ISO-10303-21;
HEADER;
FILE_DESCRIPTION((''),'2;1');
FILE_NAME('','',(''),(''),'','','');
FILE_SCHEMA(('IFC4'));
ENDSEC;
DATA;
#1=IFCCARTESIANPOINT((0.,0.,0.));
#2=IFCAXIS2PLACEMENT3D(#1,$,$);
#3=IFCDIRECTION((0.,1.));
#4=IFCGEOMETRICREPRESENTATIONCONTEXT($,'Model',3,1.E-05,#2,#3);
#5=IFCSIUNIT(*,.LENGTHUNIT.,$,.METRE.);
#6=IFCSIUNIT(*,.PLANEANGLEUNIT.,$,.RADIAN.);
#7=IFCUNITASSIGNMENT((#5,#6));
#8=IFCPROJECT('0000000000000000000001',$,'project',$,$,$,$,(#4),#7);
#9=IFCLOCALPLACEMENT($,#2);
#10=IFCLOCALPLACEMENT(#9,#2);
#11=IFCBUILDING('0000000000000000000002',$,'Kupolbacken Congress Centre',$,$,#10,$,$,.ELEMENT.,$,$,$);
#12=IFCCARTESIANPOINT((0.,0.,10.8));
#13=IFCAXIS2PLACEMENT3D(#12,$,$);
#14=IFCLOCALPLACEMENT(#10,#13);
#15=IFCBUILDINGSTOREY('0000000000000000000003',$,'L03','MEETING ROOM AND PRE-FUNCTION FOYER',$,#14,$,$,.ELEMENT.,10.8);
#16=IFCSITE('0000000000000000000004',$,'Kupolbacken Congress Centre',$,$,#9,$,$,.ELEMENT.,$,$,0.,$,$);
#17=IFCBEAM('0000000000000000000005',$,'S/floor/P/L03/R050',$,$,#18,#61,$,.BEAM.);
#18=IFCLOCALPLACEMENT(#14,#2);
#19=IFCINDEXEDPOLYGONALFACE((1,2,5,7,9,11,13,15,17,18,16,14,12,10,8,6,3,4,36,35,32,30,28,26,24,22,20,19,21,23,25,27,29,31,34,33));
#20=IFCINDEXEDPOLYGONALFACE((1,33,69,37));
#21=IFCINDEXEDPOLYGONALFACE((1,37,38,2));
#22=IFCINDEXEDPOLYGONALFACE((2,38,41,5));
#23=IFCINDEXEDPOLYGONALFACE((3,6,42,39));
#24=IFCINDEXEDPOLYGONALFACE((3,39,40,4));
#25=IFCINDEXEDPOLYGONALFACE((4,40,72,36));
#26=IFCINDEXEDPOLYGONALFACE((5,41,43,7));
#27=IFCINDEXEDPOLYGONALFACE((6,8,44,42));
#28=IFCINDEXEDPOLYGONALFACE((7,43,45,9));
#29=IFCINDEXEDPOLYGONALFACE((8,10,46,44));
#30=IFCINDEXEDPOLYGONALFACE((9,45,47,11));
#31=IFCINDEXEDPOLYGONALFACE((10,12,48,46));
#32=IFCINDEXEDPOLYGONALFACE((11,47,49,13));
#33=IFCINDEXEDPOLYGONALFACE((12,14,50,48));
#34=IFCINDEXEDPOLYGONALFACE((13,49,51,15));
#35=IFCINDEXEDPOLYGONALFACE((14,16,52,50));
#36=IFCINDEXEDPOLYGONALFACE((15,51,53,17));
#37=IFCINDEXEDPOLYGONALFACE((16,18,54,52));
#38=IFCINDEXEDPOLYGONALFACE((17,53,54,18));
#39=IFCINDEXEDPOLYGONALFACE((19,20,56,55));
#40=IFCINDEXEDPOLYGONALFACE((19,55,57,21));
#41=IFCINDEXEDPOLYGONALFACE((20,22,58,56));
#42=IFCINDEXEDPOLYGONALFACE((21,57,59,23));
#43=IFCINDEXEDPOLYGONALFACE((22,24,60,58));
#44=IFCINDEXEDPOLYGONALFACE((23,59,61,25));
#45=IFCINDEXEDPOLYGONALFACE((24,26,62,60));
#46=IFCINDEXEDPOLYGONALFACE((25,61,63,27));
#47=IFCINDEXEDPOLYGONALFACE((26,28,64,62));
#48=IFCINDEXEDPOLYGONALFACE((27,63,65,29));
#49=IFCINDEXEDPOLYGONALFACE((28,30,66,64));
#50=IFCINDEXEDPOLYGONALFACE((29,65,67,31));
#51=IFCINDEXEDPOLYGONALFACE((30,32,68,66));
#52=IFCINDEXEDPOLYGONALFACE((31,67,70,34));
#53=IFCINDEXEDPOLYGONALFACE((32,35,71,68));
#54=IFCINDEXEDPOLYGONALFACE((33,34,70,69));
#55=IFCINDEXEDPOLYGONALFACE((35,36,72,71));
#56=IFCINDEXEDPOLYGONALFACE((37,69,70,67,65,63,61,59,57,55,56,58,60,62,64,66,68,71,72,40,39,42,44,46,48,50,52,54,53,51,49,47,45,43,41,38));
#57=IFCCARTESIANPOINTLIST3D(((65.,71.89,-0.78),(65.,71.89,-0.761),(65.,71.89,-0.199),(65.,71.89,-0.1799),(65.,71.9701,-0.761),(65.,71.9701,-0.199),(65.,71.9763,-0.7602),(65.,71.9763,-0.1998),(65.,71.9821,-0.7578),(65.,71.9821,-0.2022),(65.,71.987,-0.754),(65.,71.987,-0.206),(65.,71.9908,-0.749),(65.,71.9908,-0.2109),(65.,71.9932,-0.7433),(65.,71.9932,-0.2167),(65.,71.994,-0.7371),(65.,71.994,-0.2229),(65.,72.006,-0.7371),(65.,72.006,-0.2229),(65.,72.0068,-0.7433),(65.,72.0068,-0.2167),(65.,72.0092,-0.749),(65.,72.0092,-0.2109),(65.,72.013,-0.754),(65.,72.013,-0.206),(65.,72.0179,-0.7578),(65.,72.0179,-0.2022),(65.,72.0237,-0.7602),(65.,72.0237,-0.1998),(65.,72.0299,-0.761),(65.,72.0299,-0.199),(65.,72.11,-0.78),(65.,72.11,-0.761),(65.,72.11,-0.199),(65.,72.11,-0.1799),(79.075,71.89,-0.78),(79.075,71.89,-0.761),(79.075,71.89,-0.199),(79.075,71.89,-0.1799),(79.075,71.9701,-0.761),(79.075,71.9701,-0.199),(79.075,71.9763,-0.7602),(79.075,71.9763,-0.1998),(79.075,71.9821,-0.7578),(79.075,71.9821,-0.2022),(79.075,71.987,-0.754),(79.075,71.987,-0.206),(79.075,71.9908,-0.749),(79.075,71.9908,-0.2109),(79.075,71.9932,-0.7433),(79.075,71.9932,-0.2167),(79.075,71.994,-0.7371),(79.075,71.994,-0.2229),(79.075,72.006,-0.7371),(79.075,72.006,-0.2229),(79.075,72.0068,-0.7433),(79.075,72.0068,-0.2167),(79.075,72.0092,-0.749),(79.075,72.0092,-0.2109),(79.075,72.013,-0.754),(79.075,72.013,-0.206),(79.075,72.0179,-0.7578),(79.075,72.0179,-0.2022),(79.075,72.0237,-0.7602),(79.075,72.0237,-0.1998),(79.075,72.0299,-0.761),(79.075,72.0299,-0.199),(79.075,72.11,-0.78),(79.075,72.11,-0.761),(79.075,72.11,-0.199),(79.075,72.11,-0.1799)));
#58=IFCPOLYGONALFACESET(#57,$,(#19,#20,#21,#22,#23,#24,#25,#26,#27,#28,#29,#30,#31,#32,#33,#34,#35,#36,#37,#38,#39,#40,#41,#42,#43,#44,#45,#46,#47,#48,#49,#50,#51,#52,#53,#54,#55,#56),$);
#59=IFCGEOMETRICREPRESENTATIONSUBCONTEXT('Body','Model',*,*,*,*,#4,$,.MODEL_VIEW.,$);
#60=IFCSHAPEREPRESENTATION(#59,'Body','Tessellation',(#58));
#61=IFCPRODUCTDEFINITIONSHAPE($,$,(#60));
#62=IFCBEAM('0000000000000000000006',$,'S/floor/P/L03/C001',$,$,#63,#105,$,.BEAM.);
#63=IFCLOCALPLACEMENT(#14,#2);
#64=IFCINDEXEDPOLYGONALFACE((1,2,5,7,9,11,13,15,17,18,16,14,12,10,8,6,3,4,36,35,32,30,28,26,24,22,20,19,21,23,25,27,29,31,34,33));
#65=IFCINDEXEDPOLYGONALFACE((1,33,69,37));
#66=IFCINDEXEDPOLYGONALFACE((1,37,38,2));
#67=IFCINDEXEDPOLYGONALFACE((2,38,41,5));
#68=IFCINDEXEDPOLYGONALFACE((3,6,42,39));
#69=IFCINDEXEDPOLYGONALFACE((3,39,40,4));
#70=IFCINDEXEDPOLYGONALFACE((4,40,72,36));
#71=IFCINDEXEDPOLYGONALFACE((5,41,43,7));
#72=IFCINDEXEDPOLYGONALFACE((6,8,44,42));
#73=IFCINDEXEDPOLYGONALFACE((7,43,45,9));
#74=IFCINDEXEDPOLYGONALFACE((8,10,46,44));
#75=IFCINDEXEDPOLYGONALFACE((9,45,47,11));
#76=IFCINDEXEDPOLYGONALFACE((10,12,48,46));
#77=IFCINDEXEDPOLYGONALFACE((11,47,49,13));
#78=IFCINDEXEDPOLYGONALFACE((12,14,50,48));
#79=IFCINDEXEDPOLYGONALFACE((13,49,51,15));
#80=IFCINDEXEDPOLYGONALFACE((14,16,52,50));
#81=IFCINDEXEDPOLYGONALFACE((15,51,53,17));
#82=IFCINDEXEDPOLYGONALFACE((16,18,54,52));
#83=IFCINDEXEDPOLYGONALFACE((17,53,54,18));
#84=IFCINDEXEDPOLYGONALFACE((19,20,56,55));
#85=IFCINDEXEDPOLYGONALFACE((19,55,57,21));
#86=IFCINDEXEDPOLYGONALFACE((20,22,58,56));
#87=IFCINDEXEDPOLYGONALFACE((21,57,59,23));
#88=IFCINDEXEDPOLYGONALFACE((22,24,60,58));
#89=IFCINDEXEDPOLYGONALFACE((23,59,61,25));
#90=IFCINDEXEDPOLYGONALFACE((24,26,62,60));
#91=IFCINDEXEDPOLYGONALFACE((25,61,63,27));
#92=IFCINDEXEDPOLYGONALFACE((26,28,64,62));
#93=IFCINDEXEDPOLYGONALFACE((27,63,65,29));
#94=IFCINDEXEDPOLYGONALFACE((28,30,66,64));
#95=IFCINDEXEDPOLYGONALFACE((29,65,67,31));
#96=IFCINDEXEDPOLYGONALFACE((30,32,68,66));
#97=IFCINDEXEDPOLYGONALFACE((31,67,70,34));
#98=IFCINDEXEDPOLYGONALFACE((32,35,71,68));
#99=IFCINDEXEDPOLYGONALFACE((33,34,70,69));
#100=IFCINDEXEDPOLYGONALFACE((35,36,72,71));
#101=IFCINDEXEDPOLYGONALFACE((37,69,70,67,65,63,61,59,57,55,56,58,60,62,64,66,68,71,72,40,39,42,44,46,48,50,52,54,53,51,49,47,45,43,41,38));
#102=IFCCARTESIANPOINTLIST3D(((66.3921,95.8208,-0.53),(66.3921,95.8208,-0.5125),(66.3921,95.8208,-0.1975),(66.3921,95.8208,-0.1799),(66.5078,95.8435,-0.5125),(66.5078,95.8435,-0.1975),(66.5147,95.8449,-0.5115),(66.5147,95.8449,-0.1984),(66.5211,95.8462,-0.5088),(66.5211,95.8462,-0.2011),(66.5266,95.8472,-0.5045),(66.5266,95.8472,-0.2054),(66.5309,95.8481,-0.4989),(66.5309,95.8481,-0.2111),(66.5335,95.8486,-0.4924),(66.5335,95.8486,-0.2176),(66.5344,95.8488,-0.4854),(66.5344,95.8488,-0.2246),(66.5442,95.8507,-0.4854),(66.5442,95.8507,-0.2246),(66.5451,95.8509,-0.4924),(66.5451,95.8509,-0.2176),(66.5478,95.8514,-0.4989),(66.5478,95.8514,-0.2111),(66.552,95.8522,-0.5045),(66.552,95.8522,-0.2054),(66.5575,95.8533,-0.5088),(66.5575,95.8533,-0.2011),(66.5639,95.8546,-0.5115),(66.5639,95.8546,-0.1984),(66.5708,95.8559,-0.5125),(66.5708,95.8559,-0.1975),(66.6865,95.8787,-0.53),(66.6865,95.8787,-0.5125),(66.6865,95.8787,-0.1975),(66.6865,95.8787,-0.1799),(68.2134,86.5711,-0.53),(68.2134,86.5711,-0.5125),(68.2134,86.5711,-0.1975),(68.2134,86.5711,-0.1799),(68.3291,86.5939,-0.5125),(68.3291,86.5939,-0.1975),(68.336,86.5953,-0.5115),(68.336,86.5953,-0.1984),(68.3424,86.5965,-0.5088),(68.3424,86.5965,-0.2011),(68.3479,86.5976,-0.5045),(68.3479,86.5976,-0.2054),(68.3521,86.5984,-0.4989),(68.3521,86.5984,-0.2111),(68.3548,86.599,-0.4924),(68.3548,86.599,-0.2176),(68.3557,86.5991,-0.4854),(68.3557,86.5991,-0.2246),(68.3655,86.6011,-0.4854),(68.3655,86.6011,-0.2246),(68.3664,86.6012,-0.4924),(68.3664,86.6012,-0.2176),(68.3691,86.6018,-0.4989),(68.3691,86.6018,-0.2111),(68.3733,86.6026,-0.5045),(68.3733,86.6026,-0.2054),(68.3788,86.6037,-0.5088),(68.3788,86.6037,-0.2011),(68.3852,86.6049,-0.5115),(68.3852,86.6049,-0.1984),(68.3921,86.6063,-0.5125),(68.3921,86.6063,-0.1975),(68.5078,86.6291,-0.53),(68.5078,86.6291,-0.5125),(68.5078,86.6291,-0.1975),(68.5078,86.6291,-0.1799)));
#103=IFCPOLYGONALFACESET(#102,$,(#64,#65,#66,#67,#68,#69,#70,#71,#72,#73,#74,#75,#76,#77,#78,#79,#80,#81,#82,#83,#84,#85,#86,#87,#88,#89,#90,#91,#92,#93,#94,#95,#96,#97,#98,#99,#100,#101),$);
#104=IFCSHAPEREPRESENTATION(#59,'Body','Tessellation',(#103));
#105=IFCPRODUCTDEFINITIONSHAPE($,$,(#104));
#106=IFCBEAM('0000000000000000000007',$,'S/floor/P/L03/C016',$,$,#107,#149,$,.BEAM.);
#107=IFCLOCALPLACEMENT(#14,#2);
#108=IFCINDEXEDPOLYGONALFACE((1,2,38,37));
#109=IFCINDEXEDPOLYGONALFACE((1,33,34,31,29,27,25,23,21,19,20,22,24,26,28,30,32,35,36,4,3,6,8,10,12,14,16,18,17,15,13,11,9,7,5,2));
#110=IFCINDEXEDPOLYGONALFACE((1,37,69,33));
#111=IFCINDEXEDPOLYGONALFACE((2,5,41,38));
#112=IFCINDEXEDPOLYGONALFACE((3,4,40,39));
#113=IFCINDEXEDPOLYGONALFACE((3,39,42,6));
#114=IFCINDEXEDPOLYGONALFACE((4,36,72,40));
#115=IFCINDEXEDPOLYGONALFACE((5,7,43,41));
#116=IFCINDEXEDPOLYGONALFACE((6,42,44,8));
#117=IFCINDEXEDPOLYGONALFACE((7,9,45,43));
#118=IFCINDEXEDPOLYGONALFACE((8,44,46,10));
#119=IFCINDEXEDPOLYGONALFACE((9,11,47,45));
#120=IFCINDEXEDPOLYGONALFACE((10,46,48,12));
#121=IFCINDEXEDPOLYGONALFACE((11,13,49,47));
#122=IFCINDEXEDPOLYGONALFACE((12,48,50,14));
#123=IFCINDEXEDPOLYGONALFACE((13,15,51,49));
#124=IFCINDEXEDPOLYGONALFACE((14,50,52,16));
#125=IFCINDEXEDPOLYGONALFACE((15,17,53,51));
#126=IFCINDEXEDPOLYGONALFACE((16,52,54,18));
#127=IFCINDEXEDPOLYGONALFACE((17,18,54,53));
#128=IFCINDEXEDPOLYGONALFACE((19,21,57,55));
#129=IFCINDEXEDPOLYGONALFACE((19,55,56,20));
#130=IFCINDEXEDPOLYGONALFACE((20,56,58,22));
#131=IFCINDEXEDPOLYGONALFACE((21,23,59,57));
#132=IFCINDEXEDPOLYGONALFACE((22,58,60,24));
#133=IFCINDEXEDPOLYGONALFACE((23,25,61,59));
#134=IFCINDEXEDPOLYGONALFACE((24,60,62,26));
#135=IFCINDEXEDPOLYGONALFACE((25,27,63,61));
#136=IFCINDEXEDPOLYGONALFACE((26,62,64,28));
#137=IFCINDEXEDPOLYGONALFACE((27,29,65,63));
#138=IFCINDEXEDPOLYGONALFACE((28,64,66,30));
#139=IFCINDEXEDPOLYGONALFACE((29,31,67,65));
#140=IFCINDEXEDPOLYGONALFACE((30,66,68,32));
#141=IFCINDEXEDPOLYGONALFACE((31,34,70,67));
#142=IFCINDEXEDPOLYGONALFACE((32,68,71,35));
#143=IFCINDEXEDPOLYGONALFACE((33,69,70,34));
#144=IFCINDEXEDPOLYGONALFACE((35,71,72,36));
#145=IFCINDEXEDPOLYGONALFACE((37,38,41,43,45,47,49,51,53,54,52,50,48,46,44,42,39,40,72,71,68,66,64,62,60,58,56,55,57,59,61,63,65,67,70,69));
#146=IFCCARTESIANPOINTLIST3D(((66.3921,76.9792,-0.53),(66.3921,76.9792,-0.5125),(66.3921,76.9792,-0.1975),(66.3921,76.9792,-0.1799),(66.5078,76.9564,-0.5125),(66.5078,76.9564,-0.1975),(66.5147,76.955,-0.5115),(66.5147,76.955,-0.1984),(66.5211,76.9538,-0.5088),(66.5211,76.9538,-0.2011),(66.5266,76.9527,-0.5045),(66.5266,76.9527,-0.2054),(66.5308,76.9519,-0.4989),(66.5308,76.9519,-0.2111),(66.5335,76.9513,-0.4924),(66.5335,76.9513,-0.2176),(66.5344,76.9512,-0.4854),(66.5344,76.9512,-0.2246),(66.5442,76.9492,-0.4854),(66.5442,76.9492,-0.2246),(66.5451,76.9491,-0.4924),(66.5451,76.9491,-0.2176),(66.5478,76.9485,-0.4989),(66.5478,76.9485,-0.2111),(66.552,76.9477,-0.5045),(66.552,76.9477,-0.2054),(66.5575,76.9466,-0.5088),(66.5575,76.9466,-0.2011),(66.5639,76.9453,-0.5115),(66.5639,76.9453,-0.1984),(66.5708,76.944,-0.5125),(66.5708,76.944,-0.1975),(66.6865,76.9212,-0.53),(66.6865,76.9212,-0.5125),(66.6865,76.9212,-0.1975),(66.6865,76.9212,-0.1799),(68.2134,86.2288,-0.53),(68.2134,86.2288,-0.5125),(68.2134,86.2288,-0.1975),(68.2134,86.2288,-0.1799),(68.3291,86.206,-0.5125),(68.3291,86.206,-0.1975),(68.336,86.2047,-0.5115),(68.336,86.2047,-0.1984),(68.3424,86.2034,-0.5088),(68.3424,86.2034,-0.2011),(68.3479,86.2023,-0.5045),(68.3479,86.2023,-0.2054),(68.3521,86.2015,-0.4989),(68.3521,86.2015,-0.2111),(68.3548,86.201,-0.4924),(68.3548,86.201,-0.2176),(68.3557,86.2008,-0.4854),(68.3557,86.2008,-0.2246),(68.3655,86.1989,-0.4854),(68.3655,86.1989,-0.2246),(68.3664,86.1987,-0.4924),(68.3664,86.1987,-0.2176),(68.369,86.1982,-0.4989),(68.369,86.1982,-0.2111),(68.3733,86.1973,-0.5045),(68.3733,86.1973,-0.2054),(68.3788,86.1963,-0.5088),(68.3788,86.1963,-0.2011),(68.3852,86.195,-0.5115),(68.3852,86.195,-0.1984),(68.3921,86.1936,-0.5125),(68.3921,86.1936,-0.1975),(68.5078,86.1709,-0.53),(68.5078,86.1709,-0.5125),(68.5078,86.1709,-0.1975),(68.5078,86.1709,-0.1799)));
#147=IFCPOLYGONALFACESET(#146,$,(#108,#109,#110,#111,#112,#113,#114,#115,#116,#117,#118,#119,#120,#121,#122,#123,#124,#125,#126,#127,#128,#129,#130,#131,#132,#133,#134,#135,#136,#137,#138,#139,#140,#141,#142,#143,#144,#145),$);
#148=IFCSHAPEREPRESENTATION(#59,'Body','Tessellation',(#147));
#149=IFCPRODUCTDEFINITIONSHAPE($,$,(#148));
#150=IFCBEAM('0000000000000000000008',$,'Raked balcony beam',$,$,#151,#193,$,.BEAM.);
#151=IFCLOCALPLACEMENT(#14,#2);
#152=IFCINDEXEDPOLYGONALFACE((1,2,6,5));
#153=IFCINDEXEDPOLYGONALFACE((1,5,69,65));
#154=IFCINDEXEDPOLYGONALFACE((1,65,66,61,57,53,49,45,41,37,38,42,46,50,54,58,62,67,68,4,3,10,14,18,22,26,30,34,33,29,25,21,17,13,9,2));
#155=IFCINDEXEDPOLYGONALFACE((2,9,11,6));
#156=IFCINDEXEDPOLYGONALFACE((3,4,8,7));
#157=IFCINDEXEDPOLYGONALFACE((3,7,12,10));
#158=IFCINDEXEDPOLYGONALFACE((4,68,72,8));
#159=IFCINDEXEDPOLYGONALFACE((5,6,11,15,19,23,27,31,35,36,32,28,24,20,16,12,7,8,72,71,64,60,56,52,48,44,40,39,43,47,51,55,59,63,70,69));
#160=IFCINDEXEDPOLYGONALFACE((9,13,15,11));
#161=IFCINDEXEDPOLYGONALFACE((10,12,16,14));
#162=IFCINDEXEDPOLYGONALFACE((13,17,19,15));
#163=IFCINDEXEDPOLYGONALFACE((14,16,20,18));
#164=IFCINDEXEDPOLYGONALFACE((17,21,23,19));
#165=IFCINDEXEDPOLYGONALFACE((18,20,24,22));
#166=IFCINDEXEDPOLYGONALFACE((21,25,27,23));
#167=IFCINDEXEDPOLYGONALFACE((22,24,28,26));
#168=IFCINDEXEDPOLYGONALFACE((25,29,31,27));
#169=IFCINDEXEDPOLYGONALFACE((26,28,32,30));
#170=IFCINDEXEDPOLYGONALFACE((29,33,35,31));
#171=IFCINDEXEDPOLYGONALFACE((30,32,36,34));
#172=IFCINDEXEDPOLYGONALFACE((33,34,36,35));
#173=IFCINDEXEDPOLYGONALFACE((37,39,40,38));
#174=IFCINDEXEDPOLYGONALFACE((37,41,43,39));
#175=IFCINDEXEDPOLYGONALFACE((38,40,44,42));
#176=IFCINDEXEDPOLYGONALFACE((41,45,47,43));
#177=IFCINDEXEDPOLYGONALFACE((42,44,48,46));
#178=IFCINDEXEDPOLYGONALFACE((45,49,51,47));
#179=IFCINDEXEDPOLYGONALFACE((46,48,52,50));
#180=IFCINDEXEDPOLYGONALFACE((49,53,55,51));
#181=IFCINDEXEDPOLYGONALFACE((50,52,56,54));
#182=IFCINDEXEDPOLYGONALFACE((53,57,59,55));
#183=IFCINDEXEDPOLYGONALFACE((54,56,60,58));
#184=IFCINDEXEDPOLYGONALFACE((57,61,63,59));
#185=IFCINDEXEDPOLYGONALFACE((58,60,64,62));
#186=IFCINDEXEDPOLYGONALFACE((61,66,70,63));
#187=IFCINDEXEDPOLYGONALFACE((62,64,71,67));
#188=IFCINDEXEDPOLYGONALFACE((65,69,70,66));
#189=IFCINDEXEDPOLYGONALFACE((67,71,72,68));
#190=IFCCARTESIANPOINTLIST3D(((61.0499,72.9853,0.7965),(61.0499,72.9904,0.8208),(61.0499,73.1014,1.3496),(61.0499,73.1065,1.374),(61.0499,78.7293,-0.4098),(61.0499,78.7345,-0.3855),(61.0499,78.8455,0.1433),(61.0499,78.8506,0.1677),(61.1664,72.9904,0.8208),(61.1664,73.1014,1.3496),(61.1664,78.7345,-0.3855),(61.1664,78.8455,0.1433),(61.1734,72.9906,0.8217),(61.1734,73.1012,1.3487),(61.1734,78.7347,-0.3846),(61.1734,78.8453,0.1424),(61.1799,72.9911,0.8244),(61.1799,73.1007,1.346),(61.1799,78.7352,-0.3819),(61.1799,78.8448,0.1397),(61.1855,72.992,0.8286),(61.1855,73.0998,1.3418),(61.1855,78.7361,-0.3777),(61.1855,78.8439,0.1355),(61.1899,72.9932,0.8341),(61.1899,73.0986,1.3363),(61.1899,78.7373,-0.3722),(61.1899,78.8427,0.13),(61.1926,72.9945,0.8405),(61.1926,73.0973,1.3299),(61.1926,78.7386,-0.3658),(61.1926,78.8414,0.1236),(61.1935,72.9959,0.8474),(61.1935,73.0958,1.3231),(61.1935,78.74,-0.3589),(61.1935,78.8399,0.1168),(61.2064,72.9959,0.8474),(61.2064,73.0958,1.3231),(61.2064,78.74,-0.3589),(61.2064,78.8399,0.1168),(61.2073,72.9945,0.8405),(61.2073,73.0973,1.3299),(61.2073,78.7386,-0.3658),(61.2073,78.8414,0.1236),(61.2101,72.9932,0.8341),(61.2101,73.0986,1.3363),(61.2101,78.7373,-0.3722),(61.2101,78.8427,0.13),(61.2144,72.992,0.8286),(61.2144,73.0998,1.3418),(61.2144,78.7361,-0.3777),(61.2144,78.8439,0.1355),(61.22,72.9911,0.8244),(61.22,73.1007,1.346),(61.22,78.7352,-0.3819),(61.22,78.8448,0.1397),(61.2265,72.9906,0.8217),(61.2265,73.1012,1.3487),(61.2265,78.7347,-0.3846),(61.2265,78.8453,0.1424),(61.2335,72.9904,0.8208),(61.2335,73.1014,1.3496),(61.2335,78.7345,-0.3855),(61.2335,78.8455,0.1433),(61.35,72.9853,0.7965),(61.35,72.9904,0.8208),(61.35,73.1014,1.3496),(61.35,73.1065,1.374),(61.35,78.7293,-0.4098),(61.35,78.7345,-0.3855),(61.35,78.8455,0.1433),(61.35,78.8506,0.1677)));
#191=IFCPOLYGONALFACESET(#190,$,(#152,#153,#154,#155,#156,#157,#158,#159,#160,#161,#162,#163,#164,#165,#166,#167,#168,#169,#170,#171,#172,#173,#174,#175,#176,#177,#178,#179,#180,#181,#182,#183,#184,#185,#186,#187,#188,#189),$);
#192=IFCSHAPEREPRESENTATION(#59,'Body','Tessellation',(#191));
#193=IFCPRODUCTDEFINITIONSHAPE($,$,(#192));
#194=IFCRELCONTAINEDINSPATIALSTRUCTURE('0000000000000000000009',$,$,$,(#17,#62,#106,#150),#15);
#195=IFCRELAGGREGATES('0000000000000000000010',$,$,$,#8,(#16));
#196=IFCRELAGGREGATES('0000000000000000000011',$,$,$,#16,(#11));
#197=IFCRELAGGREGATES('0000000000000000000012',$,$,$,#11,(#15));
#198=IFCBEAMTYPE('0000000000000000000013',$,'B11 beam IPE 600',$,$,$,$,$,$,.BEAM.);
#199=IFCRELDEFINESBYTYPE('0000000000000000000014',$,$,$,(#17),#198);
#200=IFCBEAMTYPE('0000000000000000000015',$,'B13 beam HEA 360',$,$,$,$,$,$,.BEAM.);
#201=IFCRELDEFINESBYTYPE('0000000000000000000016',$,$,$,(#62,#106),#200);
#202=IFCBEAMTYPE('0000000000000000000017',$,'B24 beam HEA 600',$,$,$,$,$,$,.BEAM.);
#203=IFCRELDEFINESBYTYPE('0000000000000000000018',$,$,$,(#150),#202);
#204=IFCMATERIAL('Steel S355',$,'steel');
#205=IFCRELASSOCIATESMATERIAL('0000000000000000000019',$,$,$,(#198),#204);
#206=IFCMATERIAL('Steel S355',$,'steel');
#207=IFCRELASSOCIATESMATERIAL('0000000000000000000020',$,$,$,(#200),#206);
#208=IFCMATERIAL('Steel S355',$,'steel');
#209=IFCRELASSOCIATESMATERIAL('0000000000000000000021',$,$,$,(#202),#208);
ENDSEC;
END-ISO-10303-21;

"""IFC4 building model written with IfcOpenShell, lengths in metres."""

from ifc_helpers import new_model, si_unit, direction, frame, origin, origin_2d, place, context, subcontext, project, spatial, i_section, extrude, material, material_profile, profile_set, type_object, element, save


model = new_model("IFC4")

# Units and contexts
model_context = context("Model", 3, precision=1e-05, world=origin(), true_north=direction((0.0, 1.0)))
body_context = subcontext(model_context, "Body", "Model", "MODEL_VIEW")
ifc_project = project(units=[si_unit("LENGTHUNIT", "METRE"), si_unit("PLANEANGLEUNIT", "RADIAN")], contexts=[model_context])

# Site, building, storey
site_placement = place(None, origin())
site = spatial("IfcSite", under=ifc_project, at=site_placement, Name="Kupolbacken Congress Centre", CompositionType="ELEMENT", RefElevation=0.0)
building_placement = place(site_placement, origin())
building = spatial("IfcBuilding", under=site, at=building_placement, Name="Kupolbacken Congress Centre", CompositionType="ELEMENT")
storey_placement = place(building_placement, frame((0.0, 0.0, 10.8)))
storey = spatial("IfcBuildingStorey", under=building, at=storey_placement, Name="L03", Description="MEETING ROOM AND PRE-FUNCTION FOYER", CompositionType="ELEMENT", Elevation=10.8)

# Beams
ifc_material_1 = material(Name="Steel S355", Category="steel")
ifc_material_profile_1 = material_profile(ifc_material_1, i_section(OverallWidth=0.22, OverallDepth=0.6001, WebThickness=0.012, FlangeThickness=0.019, FilletRadius=0.0239, at=origin_2d()), Name="IPE 600")
ifc_profile_set_1 = profile_set([ifc_material_profile_1], Name="Steel S355")
beam_type_1 = type_object("IfcBeamType", Name="B11 beam IPE 600", PredefinedType="BEAM", material=ifc_profile_set_1)
beam_1_placement = place(storey_placement, frame((65.0, 72.0, -0.48), z_axis=(1.0, 0.0, 0.0), x_axis=(0.0, 1.0, 0.0)))
element("IfcBeam", 1, at=beam_1_placement, inside=storey, type_object=beam_type_1, Name="S/floor/P/L03/R050", PredefinedType="BEAM", context=body_context, shape_type="SweptSolid", body=[
    extrude(i_section(OverallWidth=0.22, OverallDepth=0.6001, WebThickness=0.012, FlangeThickness=0.019, FilletRadius=0.0239, at=origin_2d()), origin(), (0.0, 0.0, 1.0), 14.075),
])
ifc_material_2 = material(Name="Steel S355", Category="steel")
ifc_material_profile_2 = material_profile(ifc_material_2, i_section(OverallWidth=0.3, OverallDepth=0.3501, WebThickness=0.01, FlangeThickness=0.0176, FilletRadius=0.0271, at=origin_2d()), Name="HEA 360")
ifc_profile_set_2 = profile_set([ifc_material_profile_2], Name="Steel S355")
beam_type_2 = type_object("IfcBeamType", Name="B13 beam HEA 360", PredefinedType="BEAM", material=ifc_profile_set_2)
for number, where, z_axis, x_axis, name in (
    (2, (68.3606, 86.6001, -0.355), (-0.193192, 0.981161, 0.0), (-0.981161, -0.193192, 0.0), "S/floor/P/L03/C001"),
    (3, (66.5393, 76.9502, -0.355), (0.193192, 0.981161, 0.0), (-0.981161, 0.193192, 0.0), "S/floor/P/L03/C016"),
):
    element("IfcBeam", number, at=place(storey_placement, frame(where, z_axis=z_axis, x_axis=x_axis)), inside=storey, type_object=beam_type_2, Name=name, PredefinedType="BEAM", context=body_context, shape_type="SweptSolid", body=[
        extrude(i_section(OverallWidth=0.3, OverallDepth=0.3501, WebThickness=0.01, FlangeThickness=0.0176, FilletRadius=0.0271, at=origin_2d()), origin(), (0.0, 0.0, 1.0), 9.4272),
    ])
ifc_material_3 = material(Name="Steel S355", Category="steel")
ifc_material_profile_3 = material_profile(ifc_material_3, i_section(OverallWidth=0.3, OverallDepth=0.5901, WebThickness=0.0129, FlangeThickness=0.0249, FilletRadius=0.0271, at=origin_2d()), Name="HEA 600")
ifc_profile_set_3 = profile_set([ifc_material_profile_3], Name="Steel S355")
beam_type_3 = type_object("IfcBeamType", Name="B24 beam HEA 600", PredefinedType="BEAM", material=ifc_profile_set_3)
beam_2_placement = place(storey_placement, frame((61.2, 73.0459, 1.0852), z_axis=(0.0, 0.978652, -0.205522), x_axis=(-1.0, 0.0, 0.0)))
element("IfcBeam", 4, at=beam_2_placement, inside=storey, type_object=beam_type_3, Name="Raked balcony beam", PredefinedType="BEAM", context=body_context, shape_type="SweptSolid", body=[
    extrude(i_section(OverallWidth=0.3, OverallDepth=0.5901, WebThickness=0.0129, FlangeThickness=0.0249, FilletRadius=0.0271, at=origin_2d()), origin(), (0.0, 0.0, 1.0), 5.8694),
])

save(model, "model.ifc")
